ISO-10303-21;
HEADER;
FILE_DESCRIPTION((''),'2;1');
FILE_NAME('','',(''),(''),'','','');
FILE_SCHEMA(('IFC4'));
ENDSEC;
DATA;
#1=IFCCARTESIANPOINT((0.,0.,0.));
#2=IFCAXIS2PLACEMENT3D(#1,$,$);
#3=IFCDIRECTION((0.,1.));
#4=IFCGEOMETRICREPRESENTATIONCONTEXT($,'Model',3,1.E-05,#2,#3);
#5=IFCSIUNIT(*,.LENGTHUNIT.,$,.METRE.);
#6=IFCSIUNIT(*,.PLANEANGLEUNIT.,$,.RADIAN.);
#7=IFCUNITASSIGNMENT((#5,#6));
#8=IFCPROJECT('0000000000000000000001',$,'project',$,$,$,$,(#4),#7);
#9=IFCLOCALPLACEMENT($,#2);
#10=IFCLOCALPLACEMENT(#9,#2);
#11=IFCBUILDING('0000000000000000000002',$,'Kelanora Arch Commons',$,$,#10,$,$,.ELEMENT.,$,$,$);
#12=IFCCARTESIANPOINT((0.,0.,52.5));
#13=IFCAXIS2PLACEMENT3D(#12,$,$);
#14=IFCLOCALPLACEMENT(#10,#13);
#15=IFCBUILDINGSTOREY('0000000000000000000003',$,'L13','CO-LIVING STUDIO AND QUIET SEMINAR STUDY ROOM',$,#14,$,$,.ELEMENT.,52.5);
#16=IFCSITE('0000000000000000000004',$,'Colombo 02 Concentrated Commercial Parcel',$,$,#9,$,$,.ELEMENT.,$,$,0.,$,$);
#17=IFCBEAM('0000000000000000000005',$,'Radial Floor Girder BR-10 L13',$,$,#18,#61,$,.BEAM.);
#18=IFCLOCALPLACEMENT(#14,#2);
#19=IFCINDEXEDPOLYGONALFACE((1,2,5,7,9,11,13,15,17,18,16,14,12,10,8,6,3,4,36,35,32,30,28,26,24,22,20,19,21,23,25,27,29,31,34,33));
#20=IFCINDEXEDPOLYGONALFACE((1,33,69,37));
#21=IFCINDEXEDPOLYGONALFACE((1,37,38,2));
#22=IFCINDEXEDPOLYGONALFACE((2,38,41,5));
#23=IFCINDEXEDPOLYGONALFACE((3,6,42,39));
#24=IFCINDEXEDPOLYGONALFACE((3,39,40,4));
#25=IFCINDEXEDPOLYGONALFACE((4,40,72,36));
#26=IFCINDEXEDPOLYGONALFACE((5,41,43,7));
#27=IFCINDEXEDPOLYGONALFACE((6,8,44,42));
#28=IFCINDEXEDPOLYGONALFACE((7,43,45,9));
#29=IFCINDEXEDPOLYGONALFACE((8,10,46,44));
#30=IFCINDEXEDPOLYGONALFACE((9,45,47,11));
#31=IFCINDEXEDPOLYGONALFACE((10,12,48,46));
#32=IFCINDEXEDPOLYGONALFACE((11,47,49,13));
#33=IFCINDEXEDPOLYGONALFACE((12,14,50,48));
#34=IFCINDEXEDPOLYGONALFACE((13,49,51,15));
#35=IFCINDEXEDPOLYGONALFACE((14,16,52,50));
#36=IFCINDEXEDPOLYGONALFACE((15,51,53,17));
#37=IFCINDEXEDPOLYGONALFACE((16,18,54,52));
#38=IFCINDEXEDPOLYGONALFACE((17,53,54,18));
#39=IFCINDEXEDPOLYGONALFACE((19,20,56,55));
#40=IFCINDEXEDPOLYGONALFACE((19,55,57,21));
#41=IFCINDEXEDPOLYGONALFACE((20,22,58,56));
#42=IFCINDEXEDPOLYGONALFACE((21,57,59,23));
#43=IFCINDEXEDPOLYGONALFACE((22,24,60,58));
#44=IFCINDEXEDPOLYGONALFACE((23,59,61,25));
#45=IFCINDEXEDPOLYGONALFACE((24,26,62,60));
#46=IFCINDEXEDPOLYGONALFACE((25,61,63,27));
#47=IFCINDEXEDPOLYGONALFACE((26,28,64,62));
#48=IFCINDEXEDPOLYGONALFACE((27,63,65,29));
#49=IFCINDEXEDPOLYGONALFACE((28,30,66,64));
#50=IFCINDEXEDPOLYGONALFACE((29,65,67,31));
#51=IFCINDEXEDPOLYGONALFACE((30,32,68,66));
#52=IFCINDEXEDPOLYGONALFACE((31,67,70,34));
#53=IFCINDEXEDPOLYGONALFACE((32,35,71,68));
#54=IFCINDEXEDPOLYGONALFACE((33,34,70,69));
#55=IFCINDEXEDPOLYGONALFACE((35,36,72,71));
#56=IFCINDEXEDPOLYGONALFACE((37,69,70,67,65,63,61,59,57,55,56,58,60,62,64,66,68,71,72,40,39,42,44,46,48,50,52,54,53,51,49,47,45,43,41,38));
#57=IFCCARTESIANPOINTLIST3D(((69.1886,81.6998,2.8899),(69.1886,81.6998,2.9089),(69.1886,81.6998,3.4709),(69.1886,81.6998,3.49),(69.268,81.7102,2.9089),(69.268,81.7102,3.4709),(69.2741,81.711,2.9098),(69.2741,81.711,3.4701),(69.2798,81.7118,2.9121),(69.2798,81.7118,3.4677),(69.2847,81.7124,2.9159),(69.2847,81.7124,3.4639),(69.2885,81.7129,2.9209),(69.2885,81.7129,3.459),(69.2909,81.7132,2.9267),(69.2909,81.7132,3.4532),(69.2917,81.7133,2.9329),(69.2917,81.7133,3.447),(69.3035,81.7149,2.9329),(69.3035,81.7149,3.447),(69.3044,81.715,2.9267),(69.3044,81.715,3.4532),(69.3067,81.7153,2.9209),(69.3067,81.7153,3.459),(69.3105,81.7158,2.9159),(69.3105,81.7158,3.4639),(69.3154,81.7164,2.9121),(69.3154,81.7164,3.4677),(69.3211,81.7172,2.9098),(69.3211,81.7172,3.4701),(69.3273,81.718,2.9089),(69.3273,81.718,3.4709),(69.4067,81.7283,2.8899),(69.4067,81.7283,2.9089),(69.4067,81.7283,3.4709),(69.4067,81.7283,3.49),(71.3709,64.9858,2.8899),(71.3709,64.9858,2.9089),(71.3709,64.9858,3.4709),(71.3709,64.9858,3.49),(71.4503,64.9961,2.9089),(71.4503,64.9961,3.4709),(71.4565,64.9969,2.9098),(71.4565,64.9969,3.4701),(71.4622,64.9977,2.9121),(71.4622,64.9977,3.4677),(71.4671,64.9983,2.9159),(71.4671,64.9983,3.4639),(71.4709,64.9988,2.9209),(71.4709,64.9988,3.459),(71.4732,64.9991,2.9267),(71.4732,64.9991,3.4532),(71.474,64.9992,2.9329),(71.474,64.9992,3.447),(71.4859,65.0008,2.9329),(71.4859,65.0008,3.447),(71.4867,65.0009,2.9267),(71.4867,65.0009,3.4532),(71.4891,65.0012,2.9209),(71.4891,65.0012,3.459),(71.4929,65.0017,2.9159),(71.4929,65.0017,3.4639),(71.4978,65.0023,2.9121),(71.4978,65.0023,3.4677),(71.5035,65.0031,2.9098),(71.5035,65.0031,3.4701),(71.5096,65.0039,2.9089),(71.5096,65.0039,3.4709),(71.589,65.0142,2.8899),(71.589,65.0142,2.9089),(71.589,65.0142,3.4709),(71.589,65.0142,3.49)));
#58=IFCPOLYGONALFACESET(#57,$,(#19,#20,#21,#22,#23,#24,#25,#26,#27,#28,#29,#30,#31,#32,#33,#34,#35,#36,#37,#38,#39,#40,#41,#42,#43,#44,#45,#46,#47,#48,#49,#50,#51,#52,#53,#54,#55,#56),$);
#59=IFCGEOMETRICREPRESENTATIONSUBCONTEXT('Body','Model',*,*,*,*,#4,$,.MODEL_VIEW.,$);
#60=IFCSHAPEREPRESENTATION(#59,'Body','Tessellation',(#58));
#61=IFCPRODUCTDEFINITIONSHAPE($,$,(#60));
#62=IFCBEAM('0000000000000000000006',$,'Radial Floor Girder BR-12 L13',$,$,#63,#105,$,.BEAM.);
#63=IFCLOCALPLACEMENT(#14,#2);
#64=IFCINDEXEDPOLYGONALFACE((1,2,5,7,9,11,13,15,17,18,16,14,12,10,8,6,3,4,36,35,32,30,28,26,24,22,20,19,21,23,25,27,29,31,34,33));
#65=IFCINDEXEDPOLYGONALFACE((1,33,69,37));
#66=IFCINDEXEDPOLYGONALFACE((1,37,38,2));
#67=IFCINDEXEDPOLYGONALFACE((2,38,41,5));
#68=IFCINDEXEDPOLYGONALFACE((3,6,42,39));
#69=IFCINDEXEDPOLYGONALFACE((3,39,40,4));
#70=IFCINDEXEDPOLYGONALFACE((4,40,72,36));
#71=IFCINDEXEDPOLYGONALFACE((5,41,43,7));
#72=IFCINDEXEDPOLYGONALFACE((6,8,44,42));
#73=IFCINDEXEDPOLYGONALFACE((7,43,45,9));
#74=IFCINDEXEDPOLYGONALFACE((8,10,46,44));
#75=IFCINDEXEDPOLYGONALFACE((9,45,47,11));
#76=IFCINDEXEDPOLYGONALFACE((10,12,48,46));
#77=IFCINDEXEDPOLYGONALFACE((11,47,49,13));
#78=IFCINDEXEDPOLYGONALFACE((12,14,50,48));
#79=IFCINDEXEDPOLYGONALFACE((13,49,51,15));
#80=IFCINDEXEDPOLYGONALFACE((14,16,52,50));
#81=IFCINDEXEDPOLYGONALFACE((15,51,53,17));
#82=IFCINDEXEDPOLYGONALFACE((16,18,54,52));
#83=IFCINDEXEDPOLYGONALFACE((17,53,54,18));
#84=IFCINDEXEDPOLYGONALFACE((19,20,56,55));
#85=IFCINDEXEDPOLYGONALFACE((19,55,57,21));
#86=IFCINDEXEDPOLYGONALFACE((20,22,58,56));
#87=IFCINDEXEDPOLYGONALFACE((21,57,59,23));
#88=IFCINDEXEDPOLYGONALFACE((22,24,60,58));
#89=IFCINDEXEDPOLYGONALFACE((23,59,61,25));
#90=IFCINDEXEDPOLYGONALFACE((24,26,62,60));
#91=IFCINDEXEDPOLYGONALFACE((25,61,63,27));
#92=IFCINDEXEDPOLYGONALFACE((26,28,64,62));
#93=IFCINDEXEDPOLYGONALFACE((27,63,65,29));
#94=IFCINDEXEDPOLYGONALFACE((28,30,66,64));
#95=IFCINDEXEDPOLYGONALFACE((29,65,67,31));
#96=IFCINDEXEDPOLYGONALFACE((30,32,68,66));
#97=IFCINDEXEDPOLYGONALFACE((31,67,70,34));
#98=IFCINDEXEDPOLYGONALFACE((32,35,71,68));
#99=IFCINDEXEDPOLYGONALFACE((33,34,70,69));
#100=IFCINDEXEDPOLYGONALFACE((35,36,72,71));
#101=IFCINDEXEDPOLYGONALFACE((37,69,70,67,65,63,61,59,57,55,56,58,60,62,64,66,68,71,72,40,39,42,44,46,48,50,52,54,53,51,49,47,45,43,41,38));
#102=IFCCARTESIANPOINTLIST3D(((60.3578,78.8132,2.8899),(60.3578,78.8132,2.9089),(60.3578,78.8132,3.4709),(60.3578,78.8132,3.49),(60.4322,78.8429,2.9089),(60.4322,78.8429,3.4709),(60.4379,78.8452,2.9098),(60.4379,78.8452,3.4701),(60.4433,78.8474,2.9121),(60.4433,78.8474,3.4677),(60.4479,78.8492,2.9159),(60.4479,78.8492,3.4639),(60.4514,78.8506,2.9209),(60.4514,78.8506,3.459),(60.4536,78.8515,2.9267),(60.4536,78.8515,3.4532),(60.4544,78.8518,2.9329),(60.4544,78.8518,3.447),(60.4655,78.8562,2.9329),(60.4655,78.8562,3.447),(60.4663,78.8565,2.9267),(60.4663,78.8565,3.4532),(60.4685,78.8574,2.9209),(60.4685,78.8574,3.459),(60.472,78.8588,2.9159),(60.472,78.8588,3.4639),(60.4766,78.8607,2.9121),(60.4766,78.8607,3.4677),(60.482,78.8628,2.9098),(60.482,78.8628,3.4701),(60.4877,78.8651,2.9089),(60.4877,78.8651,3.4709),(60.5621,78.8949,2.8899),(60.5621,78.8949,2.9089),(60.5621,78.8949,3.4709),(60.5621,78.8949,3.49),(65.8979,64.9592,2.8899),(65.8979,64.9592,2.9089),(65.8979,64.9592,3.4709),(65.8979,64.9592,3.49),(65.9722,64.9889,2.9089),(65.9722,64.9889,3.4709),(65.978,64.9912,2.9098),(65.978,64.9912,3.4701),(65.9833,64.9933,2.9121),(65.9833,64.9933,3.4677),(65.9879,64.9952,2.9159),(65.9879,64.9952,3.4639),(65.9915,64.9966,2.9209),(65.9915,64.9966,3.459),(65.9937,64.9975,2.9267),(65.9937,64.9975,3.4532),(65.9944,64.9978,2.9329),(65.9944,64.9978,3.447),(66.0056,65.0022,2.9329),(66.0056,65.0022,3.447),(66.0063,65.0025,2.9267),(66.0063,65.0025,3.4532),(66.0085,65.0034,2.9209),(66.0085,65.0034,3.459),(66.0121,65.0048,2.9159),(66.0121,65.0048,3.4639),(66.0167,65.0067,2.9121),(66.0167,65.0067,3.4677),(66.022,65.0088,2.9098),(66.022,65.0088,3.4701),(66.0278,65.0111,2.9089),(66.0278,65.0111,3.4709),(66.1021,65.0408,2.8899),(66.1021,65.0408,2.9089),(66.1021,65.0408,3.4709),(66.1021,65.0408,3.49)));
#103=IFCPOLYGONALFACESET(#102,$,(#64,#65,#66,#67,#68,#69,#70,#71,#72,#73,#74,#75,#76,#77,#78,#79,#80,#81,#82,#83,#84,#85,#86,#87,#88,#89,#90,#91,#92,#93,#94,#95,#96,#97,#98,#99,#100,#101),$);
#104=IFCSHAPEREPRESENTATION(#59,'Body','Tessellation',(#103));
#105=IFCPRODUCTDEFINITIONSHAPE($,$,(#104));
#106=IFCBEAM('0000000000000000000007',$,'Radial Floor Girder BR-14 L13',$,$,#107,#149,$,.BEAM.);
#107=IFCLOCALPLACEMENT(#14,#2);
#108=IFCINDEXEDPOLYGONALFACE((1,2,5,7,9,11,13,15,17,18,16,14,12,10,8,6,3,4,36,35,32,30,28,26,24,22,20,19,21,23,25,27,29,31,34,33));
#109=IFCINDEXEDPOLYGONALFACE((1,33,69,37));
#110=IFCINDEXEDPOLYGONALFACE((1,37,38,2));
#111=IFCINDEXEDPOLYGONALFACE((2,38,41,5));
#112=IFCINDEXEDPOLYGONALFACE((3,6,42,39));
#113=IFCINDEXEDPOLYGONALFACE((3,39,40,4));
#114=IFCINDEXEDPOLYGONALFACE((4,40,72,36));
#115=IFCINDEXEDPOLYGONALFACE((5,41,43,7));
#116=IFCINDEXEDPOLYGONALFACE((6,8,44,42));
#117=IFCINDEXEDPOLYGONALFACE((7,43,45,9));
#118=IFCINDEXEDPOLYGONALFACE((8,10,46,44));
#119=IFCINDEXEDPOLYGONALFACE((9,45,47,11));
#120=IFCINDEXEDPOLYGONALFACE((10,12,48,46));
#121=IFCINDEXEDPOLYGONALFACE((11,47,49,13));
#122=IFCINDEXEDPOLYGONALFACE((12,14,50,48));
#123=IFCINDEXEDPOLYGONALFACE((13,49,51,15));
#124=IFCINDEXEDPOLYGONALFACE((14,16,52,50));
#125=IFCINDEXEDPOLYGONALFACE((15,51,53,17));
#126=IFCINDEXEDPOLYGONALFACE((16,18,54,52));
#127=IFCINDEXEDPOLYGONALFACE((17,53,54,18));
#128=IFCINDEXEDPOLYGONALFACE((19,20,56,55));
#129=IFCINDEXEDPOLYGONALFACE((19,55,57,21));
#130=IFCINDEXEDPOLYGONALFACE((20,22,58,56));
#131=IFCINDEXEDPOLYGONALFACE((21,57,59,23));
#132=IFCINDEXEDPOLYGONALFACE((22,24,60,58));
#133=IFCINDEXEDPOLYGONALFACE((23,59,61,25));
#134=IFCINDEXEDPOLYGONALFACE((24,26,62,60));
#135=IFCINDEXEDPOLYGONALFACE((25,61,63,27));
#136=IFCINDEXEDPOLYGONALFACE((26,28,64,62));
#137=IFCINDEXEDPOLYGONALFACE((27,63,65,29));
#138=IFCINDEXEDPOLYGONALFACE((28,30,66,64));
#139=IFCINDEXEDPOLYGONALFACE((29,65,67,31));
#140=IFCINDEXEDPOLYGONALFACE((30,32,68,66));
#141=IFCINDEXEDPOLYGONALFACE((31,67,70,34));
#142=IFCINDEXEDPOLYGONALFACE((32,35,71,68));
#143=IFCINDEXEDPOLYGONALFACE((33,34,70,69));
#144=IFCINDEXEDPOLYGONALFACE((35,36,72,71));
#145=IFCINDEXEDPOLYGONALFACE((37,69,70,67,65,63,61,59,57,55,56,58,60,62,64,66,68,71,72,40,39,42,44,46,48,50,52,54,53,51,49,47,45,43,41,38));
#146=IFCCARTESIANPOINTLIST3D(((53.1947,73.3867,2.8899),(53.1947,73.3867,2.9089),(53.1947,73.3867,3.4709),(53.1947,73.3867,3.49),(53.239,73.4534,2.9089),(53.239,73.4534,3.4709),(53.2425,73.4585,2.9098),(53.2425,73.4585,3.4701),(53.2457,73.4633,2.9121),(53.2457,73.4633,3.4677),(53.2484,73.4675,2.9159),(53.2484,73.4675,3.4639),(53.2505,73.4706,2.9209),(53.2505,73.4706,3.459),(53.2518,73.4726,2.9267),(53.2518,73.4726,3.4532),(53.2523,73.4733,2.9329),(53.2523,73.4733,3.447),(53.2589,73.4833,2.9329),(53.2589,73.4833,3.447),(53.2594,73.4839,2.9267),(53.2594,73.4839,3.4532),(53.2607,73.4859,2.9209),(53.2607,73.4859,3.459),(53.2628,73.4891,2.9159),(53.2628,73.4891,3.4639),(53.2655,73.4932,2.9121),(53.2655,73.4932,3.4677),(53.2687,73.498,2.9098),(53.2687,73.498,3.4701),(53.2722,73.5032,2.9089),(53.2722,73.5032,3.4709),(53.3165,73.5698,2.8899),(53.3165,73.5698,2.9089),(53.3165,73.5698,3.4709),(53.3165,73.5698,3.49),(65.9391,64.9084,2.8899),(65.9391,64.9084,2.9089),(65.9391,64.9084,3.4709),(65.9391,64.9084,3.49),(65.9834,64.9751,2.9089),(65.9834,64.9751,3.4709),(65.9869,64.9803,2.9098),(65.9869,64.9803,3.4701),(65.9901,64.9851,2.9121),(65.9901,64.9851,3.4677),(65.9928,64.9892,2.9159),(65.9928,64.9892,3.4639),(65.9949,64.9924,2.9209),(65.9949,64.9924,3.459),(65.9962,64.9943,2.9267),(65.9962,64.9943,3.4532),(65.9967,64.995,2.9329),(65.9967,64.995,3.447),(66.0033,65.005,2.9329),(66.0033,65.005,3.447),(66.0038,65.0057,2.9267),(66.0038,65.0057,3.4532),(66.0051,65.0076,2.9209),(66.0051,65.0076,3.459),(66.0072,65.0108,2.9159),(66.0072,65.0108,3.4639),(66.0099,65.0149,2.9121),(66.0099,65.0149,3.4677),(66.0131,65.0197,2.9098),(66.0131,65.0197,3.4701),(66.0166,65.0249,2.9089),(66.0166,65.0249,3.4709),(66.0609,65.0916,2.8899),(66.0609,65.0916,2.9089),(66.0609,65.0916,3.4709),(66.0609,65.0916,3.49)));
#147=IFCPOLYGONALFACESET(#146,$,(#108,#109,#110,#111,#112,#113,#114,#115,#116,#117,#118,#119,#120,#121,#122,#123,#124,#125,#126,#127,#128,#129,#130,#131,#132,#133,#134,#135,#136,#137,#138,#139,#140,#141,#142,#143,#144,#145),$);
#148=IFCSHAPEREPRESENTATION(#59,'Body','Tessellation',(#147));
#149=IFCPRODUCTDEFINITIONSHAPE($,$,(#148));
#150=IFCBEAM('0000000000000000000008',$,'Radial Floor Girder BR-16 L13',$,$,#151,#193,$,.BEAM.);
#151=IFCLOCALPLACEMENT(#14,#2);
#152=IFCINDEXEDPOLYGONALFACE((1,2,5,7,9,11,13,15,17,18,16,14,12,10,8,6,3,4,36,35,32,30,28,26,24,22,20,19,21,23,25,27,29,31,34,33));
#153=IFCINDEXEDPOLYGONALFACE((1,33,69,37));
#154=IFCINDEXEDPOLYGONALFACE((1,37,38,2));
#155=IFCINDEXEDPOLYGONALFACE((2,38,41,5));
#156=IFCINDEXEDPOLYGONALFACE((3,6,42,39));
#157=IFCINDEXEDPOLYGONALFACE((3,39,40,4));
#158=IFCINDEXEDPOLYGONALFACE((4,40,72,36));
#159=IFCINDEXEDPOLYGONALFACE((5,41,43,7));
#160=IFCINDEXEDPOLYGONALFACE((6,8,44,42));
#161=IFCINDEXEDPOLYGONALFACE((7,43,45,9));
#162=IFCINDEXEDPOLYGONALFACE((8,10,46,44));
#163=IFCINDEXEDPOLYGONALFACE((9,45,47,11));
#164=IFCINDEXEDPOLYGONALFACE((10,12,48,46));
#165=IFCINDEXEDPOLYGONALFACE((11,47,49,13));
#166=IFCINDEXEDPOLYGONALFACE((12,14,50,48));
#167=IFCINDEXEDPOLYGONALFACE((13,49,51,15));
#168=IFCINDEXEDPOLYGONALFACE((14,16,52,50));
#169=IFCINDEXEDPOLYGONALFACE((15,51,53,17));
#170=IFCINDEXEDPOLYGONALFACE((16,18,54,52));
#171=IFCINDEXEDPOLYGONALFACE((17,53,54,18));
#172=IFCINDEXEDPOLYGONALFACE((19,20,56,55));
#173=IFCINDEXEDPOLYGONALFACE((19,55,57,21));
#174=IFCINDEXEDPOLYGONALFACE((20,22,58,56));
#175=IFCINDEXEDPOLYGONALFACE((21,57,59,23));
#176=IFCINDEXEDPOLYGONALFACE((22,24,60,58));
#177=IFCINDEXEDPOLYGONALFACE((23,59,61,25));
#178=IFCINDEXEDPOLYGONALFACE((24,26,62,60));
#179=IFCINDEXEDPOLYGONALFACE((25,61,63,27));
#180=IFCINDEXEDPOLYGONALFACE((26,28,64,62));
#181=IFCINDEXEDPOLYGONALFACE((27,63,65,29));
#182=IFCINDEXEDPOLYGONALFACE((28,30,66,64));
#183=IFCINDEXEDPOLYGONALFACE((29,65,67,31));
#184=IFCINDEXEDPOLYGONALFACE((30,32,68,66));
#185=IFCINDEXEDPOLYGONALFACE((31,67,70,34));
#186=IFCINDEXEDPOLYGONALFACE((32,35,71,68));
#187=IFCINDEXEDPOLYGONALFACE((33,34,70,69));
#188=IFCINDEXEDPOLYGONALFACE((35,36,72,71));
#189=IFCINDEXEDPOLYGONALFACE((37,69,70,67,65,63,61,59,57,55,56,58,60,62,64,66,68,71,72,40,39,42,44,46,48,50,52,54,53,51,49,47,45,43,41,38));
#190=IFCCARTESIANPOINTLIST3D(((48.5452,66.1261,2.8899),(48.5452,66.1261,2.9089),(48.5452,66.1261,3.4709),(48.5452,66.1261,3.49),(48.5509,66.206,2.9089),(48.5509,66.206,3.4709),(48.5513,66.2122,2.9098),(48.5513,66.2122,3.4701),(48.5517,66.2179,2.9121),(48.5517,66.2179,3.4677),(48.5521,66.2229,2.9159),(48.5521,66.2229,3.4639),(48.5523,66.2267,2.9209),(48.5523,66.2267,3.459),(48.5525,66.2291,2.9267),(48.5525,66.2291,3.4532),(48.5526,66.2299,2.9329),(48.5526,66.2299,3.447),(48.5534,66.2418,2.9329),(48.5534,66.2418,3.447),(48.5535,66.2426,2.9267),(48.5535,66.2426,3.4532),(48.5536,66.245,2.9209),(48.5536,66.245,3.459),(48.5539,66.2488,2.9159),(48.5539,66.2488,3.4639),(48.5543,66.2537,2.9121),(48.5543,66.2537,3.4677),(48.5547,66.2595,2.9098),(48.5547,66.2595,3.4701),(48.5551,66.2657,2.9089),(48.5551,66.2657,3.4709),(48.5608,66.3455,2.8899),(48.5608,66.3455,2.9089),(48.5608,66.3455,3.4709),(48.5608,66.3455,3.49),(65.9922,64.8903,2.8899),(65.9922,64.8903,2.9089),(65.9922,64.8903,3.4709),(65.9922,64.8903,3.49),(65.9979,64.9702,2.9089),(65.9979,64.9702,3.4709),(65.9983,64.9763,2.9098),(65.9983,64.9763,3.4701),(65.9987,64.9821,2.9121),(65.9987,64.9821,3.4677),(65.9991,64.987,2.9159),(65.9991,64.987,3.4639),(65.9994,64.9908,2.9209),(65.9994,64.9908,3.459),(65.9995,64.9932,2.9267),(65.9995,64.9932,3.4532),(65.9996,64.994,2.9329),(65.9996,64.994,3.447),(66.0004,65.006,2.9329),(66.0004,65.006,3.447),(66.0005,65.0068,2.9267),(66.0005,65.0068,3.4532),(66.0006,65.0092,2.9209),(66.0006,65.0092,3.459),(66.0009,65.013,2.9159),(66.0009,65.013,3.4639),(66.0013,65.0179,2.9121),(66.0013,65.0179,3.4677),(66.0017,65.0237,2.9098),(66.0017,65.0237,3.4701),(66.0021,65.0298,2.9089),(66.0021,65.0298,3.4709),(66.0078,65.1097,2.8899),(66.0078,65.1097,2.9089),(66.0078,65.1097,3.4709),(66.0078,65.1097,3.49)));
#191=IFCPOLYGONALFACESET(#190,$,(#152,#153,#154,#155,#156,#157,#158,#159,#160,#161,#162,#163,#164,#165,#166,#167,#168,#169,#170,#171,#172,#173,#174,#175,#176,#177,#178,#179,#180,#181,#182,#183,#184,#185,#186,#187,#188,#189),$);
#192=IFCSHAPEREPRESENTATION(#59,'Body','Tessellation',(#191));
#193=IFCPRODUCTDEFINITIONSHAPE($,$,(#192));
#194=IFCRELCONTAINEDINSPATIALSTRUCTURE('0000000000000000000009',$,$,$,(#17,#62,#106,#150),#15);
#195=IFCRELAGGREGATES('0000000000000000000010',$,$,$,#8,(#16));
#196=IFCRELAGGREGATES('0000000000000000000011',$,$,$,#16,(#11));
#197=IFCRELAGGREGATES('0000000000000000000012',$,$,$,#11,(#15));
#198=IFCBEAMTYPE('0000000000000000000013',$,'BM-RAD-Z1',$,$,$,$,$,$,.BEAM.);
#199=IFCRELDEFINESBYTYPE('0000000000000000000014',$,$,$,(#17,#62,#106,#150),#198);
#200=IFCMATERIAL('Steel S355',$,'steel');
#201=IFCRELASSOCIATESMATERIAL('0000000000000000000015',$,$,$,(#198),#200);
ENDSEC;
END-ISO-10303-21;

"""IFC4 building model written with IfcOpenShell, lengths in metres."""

from ifc_helpers import new_model, si_unit, direction, frame, origin, origin_2d, place, context, subcontext, project, spatial, i_section, extrude, material, material_profile, profile_set, type_object, element, save


model = new_model("IFC4")

# Units and contexts
model_context = context("Model", 3, precision=1e-05, world=origin(), true_north=direction((0.0, 1.0)))
body_context = subcontext(model_context, "Body", "Model", "MODEL_VIEW")
ifc_project = project(units=[si_unit("LENGTHUNIT", "METRE"), si_unit("PLANEANGLEUNIT", "RADIAN")], contexts=[model_context])

# Site, building, storey
site_placement = place(None, origin())
site = spatial("IfcSite", under=ifc_project, at=site_placement, Name="Colombo 02 Concentrated Commercial Parcel", CompositionType="ELEMENT", RefElevation=0.0)
building_placement = place(site_placement, origin())
building = spatial("IfcBuilding", under=site, at=building_placement, Name="Kelanora Arch Commons", CompositionType="ELEMENT")
storey_placement = place(building_placement, frame((0.0, 0.0, 52.5)))
storey = spatial("IfcBuildingStorey", under=building, at=storey_placement, Name="L13", Description="CO-LIVING STUDIO AND QUIET SEMINAR STUDY ROOM", CompositionType="ELEMENT", Elevation=52.5)

# Beams
ifc_material_1 = material(Name="Steel S355", Category="steel")
ifc_material_profile_1 = material_profile(ifc_material_1, i_section(OverallWidth=0.22, OverallDepth=0.6001, WebThickness=0.012, FlangeThickness=0.019, FilletRadius=0.0239, at=origin_2d()), Name="IPE600")
ifc_profile_set_1 = profile_set([ifc_material_profile_1], Name="Steel S355")
beam_type_1 = type_object("IfcBeamType", Name="BM-RAD-Z1", PredefinedType="BEAM", material=ifc_profile_set_1)
beam_1_placement = place(storey_placement, frame((71.48, 65.0, 3.1899), z_axis=(-0.129472, 0.991583, 0.0), x_axis=(-0.991583, -0.129472, 0.0)))
element("IfcBeam", 1, at=beam_1_placement, inside=storey, type_object=beam_type_1, Name="Radial Floor Girder BR-10 L13", PredefinedType="BEAM", context=body_context, shape_type="SweptSolid", body=[
    extrude(i_section(OverallWidth=0.22, OverallDepth=0.6001, WebThickness=0.012, FlangeThickness=0.019, FilletRadius=0.0239, at=origin_2d()), origin(), (0.0, 0.0, 1.0), 16.856),
])
beam_2_placement = place(storey_placement, frame((66.0, 65.0, 3.1899), z_axis=(-0.3713, 0.928513, 0.0), x_axis=(-0.928513, -0.3713, 0.0)))
element("IfcBeam", 2, at=beam_2_placement, inside=storey, type_object=beam_type_1, Name="Radial Floor Girder BR-12 L13", PredefinedType="BEAM", context=body_context, shape_type="SweptSolid", body=[
    extrude(i_section(OverallWidth=0.22, OverallDepth=0.6001, WebThickness=0.012, FlangeThickness=0.019, FilletRadius=0.0239, at=origin_2d()), origin(), (0.0, 0.0, 1.0), 14.9207),
])
beam_3_placement = place(storey_placement, frame((66.0, 65.0, 3.1899), z_axis=(-0.832592, 0.553886, 0.0), x_axis=(-0.553886, -0.832592, 0.0)))
element("IfcBeam", 3, at=beam_3_placement, inside=storey, type_object=beam_type_1, Name="Radial Floor Girder BR-14 L13", PredefinedType="BEAM", context=body_context, shape_type="SweptSolid", body=[
    extrude(i_section(OverallWidth=0.22, OverallDepth=0.6001, WebThickness=0.012, FlangeThickness=0.019, FilletRadius=0.0239, at=origin_2d()), origin(), (0.0, 0.0, 1.0), 15.3069),
])
beam_4_placement = place(storey_placement, frame((66.0, 65.0, 3.1899), z_axis=(-0.997501, 0.070657, 0.0), x_axis=(-0.070657, -0.997501, 0.0)))
element("IfcBeam", 4, at=beam_4_placement, inside=storey, type_object=beam_type_1, Name="Radial Floor Girder BR-16 L13", PredefinedType="BEAM", context=body_context, shape_type="SweptSolid", body=[
    extrude(i_section(OverallWidth=0.22, OverallDepth=0.6001, WebThickness=0.012, FlangeThickness=0.019, FilletRadius=0.0239, at=origin_2d()), origin(), (0.0, 0.0, 1.0), 17.4907),
])

save(model, "model.ifc")
